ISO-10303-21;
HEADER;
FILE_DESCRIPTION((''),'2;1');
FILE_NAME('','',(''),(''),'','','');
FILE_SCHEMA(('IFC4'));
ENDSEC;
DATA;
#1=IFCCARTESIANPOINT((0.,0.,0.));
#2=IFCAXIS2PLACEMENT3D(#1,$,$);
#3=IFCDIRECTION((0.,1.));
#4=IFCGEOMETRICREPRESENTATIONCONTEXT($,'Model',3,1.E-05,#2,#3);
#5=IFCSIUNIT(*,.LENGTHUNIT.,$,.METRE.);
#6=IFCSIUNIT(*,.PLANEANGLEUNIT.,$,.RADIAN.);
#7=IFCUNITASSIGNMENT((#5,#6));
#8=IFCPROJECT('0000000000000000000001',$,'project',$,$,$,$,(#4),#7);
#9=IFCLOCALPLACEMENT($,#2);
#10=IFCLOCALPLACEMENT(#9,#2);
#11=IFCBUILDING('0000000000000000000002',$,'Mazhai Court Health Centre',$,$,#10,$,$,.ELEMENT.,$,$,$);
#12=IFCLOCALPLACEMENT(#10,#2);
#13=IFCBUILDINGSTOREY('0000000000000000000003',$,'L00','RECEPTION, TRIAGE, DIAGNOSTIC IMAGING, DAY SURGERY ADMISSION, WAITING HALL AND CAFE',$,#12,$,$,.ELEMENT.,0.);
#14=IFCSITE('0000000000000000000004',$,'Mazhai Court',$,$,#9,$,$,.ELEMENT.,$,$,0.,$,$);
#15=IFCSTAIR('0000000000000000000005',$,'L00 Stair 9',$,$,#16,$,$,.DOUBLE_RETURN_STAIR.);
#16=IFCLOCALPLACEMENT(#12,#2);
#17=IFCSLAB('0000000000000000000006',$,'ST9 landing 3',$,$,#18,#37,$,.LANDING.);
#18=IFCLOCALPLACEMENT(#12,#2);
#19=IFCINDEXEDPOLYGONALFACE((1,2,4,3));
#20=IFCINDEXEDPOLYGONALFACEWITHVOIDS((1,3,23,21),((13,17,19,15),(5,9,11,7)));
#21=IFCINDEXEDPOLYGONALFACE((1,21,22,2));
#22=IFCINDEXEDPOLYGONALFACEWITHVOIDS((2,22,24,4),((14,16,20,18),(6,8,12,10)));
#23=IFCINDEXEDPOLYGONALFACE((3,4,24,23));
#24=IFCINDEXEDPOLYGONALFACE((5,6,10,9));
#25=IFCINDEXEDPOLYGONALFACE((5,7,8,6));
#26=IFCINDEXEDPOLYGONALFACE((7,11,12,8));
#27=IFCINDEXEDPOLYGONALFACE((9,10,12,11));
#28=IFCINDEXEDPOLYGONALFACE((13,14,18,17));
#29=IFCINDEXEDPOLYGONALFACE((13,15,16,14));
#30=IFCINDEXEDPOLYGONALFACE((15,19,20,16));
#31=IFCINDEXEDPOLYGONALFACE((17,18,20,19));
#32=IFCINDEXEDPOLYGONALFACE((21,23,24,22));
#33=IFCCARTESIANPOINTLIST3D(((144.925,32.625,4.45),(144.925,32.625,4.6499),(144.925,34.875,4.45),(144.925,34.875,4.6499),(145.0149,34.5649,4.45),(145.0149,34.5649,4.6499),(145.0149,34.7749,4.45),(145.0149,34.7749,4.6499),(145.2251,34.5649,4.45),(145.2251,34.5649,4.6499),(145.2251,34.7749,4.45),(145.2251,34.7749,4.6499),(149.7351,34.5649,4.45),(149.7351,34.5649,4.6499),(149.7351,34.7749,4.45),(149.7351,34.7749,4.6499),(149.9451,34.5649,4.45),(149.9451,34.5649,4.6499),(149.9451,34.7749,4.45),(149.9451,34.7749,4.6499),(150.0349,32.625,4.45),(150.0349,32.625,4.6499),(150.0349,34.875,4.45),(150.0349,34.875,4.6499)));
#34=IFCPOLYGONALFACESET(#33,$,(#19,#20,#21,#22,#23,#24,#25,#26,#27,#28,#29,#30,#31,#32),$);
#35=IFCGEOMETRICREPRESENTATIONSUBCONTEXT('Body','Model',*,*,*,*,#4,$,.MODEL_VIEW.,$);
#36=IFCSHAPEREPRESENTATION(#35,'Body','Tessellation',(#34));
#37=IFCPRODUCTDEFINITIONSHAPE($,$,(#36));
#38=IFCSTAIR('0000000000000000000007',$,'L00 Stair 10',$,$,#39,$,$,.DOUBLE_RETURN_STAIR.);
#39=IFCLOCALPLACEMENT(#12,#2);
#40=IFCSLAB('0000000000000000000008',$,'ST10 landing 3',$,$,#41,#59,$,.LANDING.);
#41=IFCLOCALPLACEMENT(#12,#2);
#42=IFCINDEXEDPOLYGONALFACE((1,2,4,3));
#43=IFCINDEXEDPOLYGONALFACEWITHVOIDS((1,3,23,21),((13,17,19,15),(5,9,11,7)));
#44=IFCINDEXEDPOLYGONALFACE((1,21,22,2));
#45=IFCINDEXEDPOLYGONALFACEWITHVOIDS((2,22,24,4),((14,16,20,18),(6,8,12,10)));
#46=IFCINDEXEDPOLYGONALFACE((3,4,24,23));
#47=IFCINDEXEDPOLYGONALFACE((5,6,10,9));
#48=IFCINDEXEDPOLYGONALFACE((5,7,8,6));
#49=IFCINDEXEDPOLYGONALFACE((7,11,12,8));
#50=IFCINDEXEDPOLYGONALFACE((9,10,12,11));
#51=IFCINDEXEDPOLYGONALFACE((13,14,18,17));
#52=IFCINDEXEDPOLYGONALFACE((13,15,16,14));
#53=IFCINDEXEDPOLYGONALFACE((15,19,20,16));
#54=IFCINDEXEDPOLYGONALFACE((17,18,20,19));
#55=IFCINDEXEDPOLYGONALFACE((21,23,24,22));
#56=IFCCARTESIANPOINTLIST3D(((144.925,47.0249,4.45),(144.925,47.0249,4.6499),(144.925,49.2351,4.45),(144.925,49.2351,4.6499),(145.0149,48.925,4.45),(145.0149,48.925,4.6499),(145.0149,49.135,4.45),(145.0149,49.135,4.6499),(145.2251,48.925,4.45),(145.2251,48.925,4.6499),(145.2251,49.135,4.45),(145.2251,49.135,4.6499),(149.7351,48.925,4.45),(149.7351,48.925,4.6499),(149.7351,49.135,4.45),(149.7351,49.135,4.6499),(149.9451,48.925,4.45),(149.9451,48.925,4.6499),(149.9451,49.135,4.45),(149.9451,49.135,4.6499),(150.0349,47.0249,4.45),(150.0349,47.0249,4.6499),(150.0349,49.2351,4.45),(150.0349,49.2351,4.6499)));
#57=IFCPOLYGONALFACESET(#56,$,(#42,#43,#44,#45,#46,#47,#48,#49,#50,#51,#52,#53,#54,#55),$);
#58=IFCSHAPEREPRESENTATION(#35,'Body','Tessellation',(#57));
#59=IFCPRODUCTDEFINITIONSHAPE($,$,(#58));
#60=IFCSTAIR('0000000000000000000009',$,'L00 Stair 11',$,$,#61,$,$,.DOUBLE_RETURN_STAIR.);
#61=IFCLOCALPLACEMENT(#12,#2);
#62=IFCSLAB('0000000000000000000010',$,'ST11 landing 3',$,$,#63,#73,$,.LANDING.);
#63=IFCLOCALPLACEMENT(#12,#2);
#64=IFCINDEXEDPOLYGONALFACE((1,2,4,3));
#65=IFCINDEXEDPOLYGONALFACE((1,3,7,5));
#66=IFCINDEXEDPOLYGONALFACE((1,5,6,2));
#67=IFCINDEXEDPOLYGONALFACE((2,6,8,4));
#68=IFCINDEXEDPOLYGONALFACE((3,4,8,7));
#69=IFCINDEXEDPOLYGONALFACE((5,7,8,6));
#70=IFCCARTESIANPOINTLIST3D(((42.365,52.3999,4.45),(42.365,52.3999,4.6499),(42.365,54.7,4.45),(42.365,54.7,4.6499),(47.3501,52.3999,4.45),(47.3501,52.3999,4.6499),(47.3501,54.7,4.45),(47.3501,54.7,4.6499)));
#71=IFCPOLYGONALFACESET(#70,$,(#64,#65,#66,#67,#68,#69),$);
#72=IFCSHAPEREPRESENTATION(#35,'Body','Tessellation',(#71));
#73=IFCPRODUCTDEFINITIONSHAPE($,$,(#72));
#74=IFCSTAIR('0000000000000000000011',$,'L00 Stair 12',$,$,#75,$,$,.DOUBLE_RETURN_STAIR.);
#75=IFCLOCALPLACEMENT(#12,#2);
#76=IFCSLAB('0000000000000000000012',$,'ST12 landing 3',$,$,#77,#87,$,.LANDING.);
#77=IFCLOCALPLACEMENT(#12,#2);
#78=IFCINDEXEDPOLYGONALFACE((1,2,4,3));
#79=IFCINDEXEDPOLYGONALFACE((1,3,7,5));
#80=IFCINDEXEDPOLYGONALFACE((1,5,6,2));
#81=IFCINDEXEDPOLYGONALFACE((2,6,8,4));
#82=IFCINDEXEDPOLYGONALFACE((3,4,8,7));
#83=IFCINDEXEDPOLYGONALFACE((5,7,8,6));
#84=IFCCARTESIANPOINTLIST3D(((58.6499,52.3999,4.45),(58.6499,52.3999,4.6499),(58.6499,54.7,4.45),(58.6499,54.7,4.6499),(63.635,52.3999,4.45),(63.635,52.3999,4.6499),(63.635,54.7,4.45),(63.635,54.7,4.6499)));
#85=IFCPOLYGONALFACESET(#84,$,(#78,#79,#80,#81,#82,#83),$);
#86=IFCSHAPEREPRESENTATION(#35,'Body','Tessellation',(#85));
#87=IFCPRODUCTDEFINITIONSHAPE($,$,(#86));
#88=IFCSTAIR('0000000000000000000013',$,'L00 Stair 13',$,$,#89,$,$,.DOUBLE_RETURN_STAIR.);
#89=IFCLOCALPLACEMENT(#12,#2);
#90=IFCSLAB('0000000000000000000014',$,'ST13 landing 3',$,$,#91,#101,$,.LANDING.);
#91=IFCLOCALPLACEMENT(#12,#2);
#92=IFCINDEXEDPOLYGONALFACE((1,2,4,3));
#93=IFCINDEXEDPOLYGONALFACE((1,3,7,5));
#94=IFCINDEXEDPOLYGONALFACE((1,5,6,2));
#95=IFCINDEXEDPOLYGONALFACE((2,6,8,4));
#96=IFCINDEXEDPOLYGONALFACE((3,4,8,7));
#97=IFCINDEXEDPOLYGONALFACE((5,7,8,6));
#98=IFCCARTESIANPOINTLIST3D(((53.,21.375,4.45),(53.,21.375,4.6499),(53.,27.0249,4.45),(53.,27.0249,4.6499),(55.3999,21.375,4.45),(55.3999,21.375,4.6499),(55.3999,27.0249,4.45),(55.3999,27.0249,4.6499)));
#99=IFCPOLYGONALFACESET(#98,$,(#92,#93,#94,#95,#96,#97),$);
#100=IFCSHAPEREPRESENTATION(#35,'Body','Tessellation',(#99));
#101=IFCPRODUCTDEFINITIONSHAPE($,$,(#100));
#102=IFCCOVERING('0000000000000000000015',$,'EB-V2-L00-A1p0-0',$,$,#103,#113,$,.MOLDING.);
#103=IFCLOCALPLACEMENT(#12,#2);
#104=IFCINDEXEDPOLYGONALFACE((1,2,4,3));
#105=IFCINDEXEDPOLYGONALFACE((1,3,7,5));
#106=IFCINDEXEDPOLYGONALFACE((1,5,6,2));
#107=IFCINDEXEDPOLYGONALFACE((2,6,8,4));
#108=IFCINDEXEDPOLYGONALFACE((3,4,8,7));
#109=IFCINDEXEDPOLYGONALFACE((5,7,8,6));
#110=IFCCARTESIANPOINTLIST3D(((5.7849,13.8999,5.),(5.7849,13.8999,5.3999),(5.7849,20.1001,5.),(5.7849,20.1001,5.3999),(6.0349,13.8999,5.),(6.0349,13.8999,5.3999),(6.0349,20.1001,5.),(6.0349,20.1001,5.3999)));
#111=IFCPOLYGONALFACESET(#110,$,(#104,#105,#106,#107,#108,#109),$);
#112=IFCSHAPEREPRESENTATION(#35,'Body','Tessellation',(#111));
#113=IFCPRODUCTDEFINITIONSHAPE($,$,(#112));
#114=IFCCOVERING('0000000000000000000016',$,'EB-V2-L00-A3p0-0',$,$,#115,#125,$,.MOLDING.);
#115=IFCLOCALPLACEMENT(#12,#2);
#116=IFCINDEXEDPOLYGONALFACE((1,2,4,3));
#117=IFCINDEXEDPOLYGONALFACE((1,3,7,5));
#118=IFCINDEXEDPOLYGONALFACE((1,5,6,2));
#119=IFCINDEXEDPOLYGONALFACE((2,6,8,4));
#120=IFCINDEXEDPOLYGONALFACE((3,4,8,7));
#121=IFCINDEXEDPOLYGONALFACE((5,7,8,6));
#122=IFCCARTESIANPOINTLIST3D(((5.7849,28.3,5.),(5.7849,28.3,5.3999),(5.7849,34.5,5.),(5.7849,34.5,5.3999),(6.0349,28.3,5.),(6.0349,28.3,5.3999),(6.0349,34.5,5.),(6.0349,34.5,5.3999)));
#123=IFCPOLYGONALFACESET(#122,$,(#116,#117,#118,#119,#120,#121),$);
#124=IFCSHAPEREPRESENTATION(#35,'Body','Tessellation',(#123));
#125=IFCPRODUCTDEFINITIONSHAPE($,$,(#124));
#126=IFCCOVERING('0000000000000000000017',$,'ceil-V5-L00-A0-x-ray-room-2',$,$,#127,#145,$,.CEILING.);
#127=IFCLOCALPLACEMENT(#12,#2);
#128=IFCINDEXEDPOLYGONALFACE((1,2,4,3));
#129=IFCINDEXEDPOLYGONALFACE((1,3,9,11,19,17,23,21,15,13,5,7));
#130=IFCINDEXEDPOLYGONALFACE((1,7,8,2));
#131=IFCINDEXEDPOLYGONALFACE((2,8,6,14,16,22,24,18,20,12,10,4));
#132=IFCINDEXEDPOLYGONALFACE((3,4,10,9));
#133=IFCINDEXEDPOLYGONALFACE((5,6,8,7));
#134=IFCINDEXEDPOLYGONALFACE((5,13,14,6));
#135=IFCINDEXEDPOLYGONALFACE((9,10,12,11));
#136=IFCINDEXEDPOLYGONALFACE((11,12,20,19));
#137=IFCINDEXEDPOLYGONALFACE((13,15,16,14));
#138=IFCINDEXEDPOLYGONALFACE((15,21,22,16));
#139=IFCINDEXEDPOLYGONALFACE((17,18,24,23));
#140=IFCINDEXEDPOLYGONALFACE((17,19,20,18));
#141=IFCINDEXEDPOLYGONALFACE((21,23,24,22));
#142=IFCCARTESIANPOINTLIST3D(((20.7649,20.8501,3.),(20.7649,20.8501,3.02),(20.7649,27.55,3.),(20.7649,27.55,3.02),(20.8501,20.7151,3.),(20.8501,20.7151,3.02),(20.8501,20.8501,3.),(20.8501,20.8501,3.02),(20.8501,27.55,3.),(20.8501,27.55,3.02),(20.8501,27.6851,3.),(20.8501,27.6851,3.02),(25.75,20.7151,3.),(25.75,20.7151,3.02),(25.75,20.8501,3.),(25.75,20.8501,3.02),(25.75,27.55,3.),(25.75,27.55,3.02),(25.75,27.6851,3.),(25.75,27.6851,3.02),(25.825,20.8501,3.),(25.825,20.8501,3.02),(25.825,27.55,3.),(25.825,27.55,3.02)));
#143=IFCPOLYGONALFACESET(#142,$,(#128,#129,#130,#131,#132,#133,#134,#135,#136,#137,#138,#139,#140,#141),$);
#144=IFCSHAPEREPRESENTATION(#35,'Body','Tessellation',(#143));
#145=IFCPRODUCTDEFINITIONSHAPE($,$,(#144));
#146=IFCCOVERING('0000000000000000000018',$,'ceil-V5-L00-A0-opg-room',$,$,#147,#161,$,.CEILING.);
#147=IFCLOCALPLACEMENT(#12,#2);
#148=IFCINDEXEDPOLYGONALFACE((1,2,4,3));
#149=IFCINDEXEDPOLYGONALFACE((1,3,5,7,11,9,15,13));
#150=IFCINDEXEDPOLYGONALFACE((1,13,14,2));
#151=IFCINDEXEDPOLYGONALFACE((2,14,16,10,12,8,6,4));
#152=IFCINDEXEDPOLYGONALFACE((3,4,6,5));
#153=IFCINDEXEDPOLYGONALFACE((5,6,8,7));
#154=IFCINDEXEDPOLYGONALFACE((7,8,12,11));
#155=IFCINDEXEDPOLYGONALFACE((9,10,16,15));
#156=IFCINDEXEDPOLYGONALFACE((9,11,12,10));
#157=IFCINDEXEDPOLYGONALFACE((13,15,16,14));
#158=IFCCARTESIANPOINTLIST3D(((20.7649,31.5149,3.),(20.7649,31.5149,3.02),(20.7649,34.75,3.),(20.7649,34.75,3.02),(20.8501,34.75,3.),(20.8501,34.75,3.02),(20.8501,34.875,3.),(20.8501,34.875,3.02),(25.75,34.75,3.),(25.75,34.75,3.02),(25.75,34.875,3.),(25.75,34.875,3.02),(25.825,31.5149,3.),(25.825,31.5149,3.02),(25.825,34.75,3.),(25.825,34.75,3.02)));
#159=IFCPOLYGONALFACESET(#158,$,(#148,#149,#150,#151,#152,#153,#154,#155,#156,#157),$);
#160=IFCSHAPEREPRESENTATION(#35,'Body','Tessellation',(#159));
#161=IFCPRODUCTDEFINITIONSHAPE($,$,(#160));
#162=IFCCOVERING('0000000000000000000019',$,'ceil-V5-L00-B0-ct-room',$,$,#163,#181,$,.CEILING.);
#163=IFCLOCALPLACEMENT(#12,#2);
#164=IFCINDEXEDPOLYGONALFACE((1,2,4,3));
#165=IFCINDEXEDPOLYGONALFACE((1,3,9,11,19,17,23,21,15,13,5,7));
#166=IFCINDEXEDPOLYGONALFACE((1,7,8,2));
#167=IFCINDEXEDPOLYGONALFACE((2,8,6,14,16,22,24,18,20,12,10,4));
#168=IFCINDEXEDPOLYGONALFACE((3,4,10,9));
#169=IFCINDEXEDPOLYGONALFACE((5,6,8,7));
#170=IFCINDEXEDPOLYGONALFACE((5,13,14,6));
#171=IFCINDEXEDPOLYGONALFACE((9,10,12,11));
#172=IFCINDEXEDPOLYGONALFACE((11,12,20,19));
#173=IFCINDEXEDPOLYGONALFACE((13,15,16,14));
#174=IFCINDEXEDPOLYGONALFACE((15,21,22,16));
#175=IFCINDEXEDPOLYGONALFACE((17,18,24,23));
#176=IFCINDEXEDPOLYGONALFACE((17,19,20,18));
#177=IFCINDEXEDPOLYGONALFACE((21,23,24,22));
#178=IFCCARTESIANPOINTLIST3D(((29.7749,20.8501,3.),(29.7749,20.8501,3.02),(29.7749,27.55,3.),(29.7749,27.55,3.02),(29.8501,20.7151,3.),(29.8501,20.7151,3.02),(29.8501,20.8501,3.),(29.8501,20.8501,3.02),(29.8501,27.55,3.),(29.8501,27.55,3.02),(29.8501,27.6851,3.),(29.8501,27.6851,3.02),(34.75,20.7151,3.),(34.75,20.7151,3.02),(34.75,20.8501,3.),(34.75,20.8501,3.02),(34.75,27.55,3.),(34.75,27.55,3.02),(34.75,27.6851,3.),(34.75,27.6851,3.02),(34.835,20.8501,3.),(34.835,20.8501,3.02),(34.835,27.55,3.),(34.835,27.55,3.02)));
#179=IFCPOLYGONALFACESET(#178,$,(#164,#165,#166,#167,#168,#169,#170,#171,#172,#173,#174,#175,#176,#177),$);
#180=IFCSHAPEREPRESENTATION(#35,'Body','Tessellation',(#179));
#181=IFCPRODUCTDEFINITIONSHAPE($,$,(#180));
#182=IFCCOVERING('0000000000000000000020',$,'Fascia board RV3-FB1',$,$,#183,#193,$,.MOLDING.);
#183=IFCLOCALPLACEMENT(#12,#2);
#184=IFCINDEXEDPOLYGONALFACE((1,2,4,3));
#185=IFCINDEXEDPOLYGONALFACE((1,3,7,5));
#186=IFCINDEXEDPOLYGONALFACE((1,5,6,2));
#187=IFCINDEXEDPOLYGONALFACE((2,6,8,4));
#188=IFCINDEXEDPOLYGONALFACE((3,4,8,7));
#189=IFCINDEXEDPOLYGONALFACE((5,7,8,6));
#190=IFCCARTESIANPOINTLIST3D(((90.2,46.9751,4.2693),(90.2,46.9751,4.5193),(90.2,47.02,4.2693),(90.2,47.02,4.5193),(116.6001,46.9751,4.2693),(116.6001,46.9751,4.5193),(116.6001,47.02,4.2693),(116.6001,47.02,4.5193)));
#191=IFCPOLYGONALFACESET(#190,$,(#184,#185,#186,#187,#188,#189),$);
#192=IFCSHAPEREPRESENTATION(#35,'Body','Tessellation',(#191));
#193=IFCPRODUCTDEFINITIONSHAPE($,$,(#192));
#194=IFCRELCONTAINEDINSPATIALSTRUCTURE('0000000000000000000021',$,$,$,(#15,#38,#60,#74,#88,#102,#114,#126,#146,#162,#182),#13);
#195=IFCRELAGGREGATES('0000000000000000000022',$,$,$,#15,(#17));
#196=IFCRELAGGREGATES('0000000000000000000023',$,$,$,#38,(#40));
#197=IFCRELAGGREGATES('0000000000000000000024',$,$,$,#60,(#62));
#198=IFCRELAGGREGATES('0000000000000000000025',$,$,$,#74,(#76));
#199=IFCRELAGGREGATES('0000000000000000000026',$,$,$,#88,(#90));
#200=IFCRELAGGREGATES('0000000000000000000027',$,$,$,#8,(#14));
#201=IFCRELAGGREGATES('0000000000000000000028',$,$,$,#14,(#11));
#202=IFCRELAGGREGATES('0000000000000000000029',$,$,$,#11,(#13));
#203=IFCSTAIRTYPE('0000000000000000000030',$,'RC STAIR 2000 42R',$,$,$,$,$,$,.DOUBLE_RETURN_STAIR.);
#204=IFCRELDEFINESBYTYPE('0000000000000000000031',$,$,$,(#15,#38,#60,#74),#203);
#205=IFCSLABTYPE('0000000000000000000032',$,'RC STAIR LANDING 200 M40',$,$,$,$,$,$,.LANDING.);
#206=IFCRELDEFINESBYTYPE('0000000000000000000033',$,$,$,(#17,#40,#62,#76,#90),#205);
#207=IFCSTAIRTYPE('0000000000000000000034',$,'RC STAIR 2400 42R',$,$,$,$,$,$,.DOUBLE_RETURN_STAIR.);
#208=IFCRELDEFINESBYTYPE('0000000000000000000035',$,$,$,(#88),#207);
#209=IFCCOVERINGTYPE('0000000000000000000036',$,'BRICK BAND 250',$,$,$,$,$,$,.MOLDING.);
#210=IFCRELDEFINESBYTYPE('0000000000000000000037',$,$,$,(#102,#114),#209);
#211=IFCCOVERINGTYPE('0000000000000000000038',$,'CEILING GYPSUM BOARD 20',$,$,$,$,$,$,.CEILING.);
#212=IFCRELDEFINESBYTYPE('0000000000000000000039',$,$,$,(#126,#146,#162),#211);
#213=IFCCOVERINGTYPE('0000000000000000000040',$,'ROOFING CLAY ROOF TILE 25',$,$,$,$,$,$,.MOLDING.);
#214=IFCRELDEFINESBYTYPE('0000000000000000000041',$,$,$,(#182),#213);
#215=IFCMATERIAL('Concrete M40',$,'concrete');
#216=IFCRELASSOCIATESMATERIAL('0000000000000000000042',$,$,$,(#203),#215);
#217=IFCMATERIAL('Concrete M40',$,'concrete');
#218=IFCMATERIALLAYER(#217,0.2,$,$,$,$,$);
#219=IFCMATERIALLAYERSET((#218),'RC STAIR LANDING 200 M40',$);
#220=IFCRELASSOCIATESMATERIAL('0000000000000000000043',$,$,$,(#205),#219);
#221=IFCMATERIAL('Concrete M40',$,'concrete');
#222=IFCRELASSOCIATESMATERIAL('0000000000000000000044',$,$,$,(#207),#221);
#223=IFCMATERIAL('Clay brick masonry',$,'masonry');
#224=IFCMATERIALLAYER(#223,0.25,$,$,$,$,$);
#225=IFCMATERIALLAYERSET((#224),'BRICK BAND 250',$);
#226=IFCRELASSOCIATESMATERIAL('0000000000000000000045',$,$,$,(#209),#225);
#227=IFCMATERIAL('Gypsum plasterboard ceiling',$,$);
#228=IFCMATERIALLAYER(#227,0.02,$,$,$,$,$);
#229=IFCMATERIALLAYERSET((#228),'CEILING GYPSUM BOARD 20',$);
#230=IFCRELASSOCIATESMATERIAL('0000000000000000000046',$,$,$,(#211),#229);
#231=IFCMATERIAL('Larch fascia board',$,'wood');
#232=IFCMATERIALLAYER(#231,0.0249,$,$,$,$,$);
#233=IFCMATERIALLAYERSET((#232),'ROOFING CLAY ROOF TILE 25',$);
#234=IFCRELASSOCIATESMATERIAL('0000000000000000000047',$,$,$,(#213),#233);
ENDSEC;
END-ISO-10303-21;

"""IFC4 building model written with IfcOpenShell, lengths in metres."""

from ifc_helpers import new_model, si_unit, direction, frame, origin, place, context, subcontext, project, spatial, polyline, outline, extrude, material, layer, layer_set, type_object, element, aggregate, save


model = new_model("IFC4")

# Units and contexts
model_context = context("Model", 3, precision=1e-05, world=origin(), true_north=direction((0.0, 1.0)))
body_context = subcontext(model_context, "Body", "Model", "MODEL_VIEW")
ifc_project = project(units=[si_unit("LENGTHUNIT", "METRE"), si_unit("PLANEANGLEUNIT", "RADIAN")], contexts=[model_context])

# Site, building, storey
site_placement = place(None, origin())
site = spatial("IfcSite", under=ifc_project, at=site_placement, Name="Mazhai Court", CompositionType="ELEMENT", RefElevation=0.0)
building_placement = place(site_placement, origin())
building = spatial("IfcBuilding", under=site, at=building_placement, Name="Mazhai Court Health Centre", CompositionType="ELEMENT")
storey_placement = place(building_placement, origin())
storey = spatial("IfcBuildingStorey", under=building, at=storey_placement, Name="L00", Description="RECEPTION, TRIAGE, DIAGNOSTIC IMAGING, DAY SURGERY ADMISSION, WAITING HALL AND CAFE", CompositionType="ELEMENT", Elevation=0.0)

# Stairs, slabs
ifc_material_1 = material(Name="Concrete M40", Category="concrete")
stair_type_1 = type_object("IfcStairType", Name="RC STAIR 2000 42R", PredefinedType="DOUBLE_RETURN_STAIR", material=ifc_material_1)
ifc_material_2 = material(Name="Concrete M40", Category="concrete")
ifc_layer_1 = layer(ifc_material_2, 0.2)
ifc_layer_set_1 = layer_set([ifc_layer_1], Name="RC STAIR LANDING 200 M40")
slab_type = type_object("IfcSlabType", Name="RC STAIR LANDING 200 M40", PredefinedType="LANDING", material=ifc_layer_set_1)
stair_1_placement = place(storey_placement, origin())
stair_1 = element("IfcStair", 1, at=stair_1_placement, inside=storey, type_object=stair_type_1, Name="L00 Stair 9", PredefinedType="DOUBLE_RETURN_STAIR")
slab_1_placement = place(storey_placement, frame((0.0, 0.0, 4.45)))
slab_1 = element("IfcSlab", 2, at=slab_1_placement, type_object=slab_type, Name="ST9 landing 3", PredefinedType="LANDING", context=body_context, shape_type="SweptSolid", body=[
    extrude(outline(polyline([(150.0349, 32.625), (150.0349, 34.875), (144.925, 34.875), (144.925, 32.625), (150.0349, 32.625)]), holes=[polyline([(145.0149, 34.5649), (145.2251, 34.5649), (145.2251, 34.7749), (145.0149, 34.7749), (145.0149, 34.5649)]), polyline([(149.7351, 34.5649), (149.9451, 34.5649), (149.9451, 34.7749), (149.7351, 34.7749), (149.7351, 34.5649)])]), origin(), (0.0, 0.0, 1.0), 0.2),
])
aggregate(stair_1, [slab_1])
stair_2_placement = place(storey_placement, origin())
stair_2 = element("IfcStair", 3, at=stair_2_placement, inside=storey, type_object=stair_type_1, Name="L00 Stair 10", PredefinedType="DOUBLE_RETURN_STAIR")
slab_2_placement = place(storey_placement, frame((0.0, 0.0, 4.45)))
slab_2 = element("IfcSlab", 4, at=slab_2_placement, type_object=slab_type, Name="ST10 landing 3", PredefinedType="LANDING", context=body_context, shape_type="SweptSolid", body=[
    extrude(outline(polyline([(150.0349, 47.0249), (150.0349, 49.2351), (144.925, 49.2351), (144.925, 47.0249), (150.0349, 47.0249)]), holes=[polyline([(145.0149, 48.925), (145.2251, 48.925), (145.2251, 49.135), (145.0149, 49.135), (145.0149, 48.925)]), polyline([(149.7351, 48.925), (149.9451, 48.925), (149.9451, 49.135), (149.7351, 49.135), (149.7351, 48.925)])]), origin(), (0.0, 0.0, 1.0), 0.2),
])
aggregate(stair_2, [slab_2])
stair_3_placement = place(storey_placement, origin())
stair_3 = element("IfcStair", 5, at=stair_3_placement, inside=storey, type_object=stair_type_1, Name="L00 Stair 11", PredefinedType="DOUBLE_RETURN_STAIR")
slab_3_placement = place(storey_placement, frame((0.0, 0.0, 4.45)))
slab_3 = element("IfcSlab", 6, at=slab_3_placement, type_object=slab_type, Name="ST11 landing 3", PredefinedType="LANDING", context=body_context, shape_type="SweptSolid", body=[
    extrude(outline(polyline([(47.3501, 52.3999), (47.3501, 54.7), (42.365, 54.7), (42.365, 52.3999), (47.3501, 52.3999)])), origin(), (0.0, 0.0, 1.0), 0.2),
])
aggregate(stair_3, [slab_3])
stair_4_placement = place(storey_placement, origin())
stair_4 = element("IfcStair", 7, at=stair_4_placement, inside=storey, type_object=stair_type_1, Name="L00 Stair 12", PredefinedType="DOUBLE_RETURN_STAIR")
slab_4_placement = place(storey_placement, frame((0.0, 0.0, 4.45)))
slab_4 = element("IfcSlab", 8, at=slab_4_placement, type_object=slab_type, Name="ST12 landing 3", PredefinedType="LANDING", context=body_context, shape_type="SweptSolid", body=[
    extrude(outline(polyline([(63.635, 52.3999), (63.635, 54.7), (58.6499, 54.7), (58.6499, 52.3999), (63.635, 52.3999)])), origin(), (0.0, 0.0, 1.0), 0.2),
])
aggregate(stair_4, [slab_4])
ifc_material_3 = material(Name="Concrete M40", Category="concrete")
stair_type_2 = type_object("IfcStairType", Name="RC STAIR 2400 42R", PredefinedType="DOUBLE_RETURN_STAIR", material=ifc_material_3)
stair_5_placement = place(storey_placement, origin())
stair_5 = element("IfcStair", 9, at=stair_5_placement, inside=storey, type_object=stair_type_2, Name="L00 Stair 13", PredefinedType="DOUBLE_RETURN_STAIR")
slab_5_placement = place(storey_placement, frame((0.0, 0.0, 4.45)))
slab_5 = element("IfcSlab", 10, at=slab_5_placement, type_object=slab_type, Name="ST13 landing 3", PredefinedType="LANDING", context=body_context, shape_type="SweptSolid", body=[
    extrude(outline(polyline([(55.3999, 27.0249), (53.0, 27.0249), (53.0, 21.375), (55.3999, 21.375), (55.3999, 27.0249)])), origin(), (0.0, 0.0, 1.0), 0.2),
])
aggregate(stair_5, [slab_5])

# Coverings
ifc_material_4 = material(Name="Clay brick masonry", Category="masonry")
ifc_layer_2 = layer(ifc_material_4, 0.25)
ifc_layer_set_2 = layer_set([ifc_layer_2], Name="BRICK BAND 250")
covering_type_1 = type_object("IfcCoveringType", Name="BRICK BAND 250", PredefinedType="MOLDING", material=ifc_layer_set_2)
covering_1_placement = place(storey_placement, frame((0.0, 0.0, 5.0)))
element("IfcCovering", 11, at=covering_1_placement, inside=storey, type_object=covering_type_1, Name="EB-V2-L00-A1p0-0", PredefinedType="MOLDING", context=body_context, shape_type="SweptSolid", body=[
    extrude(outline(polyline([(6.0349, 13.8999), (6.0349, 20.1001), (5.7849, 20.1001), (5.7849, 13.8999), (6.0349, 13.8999)])), origin(), (0.0, 0.0, 1.0), 0.3999),
])
covering_2_placement = place(storey_placement, frame((0.0, 0.0, 5.0)))
element("IfcCovering", 12, at=covering_2_placement, inside=storey, type_object=covering_type_1, Name="EB-V2-L00-A3p0-0", PredefinedType="MOLDING", context=body_context, shape_type="SweptSolid", body=[
    extrude(outline(polyline([(6.0349, 28.3), (6.0349, 34.5), (5.7849, 34.5), (5.7849, 28.3), (6.0349, 28.3)])), origin(), (0.0, 0.0, 1.0), 0.3999),
])
ifc_material_5 = material(Name="Gypsum plasterboard ceiling")
ifc_layer_3 = layer(ifc_material_5, 0.02)
ifc_layer_set_3 = layer_set([ifc_layer_3], Name="CEILING GYPSUM BOARD 20")
covering_type_2 = type_object("IfcCoveringType", Name="CEILING GYPSUM BOARD 20", PredefinedType="CEILING", material=ifc_layer_set_3)
covering_3_placement = place(storey_placement, frame((0.0, 0.0, 3.0)))
element("IfcCovering", 13, at=covering_3_placement, inside=storey, type_object=covering_type_2, Name="ceil-V5-L00-A0-x-ray-room-2", PredefinedType="CEILING", context=body_context, shape_type="SweptSolid", body=[
    extrude(outline(polyline([(25.825, 27.55), (25.75, 27.55), (25.75, 27.6851), (20.8501, 27.6851), (20.8501, 27.55), (20.7649, 27.55), (20.7649, 20.8501), (20.8501, 20.8501), (20.8501, 20.7151), (25.75, 20.7151), (25.75, 20.8501), (25.825, 20.8501), (25.825, 27.55)])), origin(), (0.0, 0.0, 1.0), 0.02),
])
covering_4_placement = place(storey_placement, frame((0.0, 0.0, 3.0)))
element("IfcCovering", 14, at=covering_4_placement, inside=storey, type_object=covering_type_2, Name="ceil-V5-L00-A0-opg-room", PredefinedType="CEILING", context=body_context, shape_type="SweptSolid", body=[
    extrude(outline(polyline([(25.825, 34.75), (25.75, 34.75), (25.75, 34.875), (20.8501, 34.875), (20.8501, 34.75), (20.7649, 34.75), (20.7649, 31.5149), (25.825, 31.5149), (25.825, 34.75)])), origin(), (0.0, 0.0, 1.0), 0.02),
])
covering_5_placement = place(storey_placement, frame((0.0, 0.0, 3.0)))
element("IfcCovering", 15, at=covering_5_placement, inside=storey, type_object=covering_type_2, Name="ceil-V5-L00-B0-ct-room", PredefinedType="CEILING", context=body_context, shape_type="SweptSolid", body=[
    extrude(outline(polyline([(34.835, 27.55), (34.75, 27.55), (34.75, 27.6851), (29.8501, 27.6851), (29.8501, 27.55), (29.7749, 27.55), (29.7749, 20.8501), (29.8501, 20.8501), (29.8501, 20.7151), (34.75, 20.7151), (34.75, 20.8501), (34.835, 20.8501), (34.835, 27.55)])), origin(), (0.0, 0.0, 1.0), 0.02),
])
ifc_material_6 = material(Name="Larch fascia board", Category="wood")
ifc_layer_4 = layer(ifc_material_6, 0.0249)
ifc_layer_set_4 = layer_set([ifc_layer_4], Name="ROOFING CLAY ROOF TILE 25")
covering_type_3 = type_object("IfcCoveringType", Name="ROOFING CLAY ROOF TILE 25", PredefinedType="MOLDING", material=ifc_layer_set_4)
covering_6_placement = place(storey_placement, frame((0.0, 0.0, 4.2693)))
element("IfcCovering", 16, at=covering_6_placement, inside=storey, type_object=covering_type_3, Name="Fascia board RV3-FB1", PredefinedType="MOLDING", context=body_context, shape_type="SweptSolid", body=[
    extrude(outline(polyline([(116.6001, 47.02), (90.2, 47.02), (90.2, 46.9751), (116.6001, 46.9751), (116.6001, 47.02)])), origin(), (0.0, 0.0, 1.0), 0.25),
])

save(model, "model.ifc")
